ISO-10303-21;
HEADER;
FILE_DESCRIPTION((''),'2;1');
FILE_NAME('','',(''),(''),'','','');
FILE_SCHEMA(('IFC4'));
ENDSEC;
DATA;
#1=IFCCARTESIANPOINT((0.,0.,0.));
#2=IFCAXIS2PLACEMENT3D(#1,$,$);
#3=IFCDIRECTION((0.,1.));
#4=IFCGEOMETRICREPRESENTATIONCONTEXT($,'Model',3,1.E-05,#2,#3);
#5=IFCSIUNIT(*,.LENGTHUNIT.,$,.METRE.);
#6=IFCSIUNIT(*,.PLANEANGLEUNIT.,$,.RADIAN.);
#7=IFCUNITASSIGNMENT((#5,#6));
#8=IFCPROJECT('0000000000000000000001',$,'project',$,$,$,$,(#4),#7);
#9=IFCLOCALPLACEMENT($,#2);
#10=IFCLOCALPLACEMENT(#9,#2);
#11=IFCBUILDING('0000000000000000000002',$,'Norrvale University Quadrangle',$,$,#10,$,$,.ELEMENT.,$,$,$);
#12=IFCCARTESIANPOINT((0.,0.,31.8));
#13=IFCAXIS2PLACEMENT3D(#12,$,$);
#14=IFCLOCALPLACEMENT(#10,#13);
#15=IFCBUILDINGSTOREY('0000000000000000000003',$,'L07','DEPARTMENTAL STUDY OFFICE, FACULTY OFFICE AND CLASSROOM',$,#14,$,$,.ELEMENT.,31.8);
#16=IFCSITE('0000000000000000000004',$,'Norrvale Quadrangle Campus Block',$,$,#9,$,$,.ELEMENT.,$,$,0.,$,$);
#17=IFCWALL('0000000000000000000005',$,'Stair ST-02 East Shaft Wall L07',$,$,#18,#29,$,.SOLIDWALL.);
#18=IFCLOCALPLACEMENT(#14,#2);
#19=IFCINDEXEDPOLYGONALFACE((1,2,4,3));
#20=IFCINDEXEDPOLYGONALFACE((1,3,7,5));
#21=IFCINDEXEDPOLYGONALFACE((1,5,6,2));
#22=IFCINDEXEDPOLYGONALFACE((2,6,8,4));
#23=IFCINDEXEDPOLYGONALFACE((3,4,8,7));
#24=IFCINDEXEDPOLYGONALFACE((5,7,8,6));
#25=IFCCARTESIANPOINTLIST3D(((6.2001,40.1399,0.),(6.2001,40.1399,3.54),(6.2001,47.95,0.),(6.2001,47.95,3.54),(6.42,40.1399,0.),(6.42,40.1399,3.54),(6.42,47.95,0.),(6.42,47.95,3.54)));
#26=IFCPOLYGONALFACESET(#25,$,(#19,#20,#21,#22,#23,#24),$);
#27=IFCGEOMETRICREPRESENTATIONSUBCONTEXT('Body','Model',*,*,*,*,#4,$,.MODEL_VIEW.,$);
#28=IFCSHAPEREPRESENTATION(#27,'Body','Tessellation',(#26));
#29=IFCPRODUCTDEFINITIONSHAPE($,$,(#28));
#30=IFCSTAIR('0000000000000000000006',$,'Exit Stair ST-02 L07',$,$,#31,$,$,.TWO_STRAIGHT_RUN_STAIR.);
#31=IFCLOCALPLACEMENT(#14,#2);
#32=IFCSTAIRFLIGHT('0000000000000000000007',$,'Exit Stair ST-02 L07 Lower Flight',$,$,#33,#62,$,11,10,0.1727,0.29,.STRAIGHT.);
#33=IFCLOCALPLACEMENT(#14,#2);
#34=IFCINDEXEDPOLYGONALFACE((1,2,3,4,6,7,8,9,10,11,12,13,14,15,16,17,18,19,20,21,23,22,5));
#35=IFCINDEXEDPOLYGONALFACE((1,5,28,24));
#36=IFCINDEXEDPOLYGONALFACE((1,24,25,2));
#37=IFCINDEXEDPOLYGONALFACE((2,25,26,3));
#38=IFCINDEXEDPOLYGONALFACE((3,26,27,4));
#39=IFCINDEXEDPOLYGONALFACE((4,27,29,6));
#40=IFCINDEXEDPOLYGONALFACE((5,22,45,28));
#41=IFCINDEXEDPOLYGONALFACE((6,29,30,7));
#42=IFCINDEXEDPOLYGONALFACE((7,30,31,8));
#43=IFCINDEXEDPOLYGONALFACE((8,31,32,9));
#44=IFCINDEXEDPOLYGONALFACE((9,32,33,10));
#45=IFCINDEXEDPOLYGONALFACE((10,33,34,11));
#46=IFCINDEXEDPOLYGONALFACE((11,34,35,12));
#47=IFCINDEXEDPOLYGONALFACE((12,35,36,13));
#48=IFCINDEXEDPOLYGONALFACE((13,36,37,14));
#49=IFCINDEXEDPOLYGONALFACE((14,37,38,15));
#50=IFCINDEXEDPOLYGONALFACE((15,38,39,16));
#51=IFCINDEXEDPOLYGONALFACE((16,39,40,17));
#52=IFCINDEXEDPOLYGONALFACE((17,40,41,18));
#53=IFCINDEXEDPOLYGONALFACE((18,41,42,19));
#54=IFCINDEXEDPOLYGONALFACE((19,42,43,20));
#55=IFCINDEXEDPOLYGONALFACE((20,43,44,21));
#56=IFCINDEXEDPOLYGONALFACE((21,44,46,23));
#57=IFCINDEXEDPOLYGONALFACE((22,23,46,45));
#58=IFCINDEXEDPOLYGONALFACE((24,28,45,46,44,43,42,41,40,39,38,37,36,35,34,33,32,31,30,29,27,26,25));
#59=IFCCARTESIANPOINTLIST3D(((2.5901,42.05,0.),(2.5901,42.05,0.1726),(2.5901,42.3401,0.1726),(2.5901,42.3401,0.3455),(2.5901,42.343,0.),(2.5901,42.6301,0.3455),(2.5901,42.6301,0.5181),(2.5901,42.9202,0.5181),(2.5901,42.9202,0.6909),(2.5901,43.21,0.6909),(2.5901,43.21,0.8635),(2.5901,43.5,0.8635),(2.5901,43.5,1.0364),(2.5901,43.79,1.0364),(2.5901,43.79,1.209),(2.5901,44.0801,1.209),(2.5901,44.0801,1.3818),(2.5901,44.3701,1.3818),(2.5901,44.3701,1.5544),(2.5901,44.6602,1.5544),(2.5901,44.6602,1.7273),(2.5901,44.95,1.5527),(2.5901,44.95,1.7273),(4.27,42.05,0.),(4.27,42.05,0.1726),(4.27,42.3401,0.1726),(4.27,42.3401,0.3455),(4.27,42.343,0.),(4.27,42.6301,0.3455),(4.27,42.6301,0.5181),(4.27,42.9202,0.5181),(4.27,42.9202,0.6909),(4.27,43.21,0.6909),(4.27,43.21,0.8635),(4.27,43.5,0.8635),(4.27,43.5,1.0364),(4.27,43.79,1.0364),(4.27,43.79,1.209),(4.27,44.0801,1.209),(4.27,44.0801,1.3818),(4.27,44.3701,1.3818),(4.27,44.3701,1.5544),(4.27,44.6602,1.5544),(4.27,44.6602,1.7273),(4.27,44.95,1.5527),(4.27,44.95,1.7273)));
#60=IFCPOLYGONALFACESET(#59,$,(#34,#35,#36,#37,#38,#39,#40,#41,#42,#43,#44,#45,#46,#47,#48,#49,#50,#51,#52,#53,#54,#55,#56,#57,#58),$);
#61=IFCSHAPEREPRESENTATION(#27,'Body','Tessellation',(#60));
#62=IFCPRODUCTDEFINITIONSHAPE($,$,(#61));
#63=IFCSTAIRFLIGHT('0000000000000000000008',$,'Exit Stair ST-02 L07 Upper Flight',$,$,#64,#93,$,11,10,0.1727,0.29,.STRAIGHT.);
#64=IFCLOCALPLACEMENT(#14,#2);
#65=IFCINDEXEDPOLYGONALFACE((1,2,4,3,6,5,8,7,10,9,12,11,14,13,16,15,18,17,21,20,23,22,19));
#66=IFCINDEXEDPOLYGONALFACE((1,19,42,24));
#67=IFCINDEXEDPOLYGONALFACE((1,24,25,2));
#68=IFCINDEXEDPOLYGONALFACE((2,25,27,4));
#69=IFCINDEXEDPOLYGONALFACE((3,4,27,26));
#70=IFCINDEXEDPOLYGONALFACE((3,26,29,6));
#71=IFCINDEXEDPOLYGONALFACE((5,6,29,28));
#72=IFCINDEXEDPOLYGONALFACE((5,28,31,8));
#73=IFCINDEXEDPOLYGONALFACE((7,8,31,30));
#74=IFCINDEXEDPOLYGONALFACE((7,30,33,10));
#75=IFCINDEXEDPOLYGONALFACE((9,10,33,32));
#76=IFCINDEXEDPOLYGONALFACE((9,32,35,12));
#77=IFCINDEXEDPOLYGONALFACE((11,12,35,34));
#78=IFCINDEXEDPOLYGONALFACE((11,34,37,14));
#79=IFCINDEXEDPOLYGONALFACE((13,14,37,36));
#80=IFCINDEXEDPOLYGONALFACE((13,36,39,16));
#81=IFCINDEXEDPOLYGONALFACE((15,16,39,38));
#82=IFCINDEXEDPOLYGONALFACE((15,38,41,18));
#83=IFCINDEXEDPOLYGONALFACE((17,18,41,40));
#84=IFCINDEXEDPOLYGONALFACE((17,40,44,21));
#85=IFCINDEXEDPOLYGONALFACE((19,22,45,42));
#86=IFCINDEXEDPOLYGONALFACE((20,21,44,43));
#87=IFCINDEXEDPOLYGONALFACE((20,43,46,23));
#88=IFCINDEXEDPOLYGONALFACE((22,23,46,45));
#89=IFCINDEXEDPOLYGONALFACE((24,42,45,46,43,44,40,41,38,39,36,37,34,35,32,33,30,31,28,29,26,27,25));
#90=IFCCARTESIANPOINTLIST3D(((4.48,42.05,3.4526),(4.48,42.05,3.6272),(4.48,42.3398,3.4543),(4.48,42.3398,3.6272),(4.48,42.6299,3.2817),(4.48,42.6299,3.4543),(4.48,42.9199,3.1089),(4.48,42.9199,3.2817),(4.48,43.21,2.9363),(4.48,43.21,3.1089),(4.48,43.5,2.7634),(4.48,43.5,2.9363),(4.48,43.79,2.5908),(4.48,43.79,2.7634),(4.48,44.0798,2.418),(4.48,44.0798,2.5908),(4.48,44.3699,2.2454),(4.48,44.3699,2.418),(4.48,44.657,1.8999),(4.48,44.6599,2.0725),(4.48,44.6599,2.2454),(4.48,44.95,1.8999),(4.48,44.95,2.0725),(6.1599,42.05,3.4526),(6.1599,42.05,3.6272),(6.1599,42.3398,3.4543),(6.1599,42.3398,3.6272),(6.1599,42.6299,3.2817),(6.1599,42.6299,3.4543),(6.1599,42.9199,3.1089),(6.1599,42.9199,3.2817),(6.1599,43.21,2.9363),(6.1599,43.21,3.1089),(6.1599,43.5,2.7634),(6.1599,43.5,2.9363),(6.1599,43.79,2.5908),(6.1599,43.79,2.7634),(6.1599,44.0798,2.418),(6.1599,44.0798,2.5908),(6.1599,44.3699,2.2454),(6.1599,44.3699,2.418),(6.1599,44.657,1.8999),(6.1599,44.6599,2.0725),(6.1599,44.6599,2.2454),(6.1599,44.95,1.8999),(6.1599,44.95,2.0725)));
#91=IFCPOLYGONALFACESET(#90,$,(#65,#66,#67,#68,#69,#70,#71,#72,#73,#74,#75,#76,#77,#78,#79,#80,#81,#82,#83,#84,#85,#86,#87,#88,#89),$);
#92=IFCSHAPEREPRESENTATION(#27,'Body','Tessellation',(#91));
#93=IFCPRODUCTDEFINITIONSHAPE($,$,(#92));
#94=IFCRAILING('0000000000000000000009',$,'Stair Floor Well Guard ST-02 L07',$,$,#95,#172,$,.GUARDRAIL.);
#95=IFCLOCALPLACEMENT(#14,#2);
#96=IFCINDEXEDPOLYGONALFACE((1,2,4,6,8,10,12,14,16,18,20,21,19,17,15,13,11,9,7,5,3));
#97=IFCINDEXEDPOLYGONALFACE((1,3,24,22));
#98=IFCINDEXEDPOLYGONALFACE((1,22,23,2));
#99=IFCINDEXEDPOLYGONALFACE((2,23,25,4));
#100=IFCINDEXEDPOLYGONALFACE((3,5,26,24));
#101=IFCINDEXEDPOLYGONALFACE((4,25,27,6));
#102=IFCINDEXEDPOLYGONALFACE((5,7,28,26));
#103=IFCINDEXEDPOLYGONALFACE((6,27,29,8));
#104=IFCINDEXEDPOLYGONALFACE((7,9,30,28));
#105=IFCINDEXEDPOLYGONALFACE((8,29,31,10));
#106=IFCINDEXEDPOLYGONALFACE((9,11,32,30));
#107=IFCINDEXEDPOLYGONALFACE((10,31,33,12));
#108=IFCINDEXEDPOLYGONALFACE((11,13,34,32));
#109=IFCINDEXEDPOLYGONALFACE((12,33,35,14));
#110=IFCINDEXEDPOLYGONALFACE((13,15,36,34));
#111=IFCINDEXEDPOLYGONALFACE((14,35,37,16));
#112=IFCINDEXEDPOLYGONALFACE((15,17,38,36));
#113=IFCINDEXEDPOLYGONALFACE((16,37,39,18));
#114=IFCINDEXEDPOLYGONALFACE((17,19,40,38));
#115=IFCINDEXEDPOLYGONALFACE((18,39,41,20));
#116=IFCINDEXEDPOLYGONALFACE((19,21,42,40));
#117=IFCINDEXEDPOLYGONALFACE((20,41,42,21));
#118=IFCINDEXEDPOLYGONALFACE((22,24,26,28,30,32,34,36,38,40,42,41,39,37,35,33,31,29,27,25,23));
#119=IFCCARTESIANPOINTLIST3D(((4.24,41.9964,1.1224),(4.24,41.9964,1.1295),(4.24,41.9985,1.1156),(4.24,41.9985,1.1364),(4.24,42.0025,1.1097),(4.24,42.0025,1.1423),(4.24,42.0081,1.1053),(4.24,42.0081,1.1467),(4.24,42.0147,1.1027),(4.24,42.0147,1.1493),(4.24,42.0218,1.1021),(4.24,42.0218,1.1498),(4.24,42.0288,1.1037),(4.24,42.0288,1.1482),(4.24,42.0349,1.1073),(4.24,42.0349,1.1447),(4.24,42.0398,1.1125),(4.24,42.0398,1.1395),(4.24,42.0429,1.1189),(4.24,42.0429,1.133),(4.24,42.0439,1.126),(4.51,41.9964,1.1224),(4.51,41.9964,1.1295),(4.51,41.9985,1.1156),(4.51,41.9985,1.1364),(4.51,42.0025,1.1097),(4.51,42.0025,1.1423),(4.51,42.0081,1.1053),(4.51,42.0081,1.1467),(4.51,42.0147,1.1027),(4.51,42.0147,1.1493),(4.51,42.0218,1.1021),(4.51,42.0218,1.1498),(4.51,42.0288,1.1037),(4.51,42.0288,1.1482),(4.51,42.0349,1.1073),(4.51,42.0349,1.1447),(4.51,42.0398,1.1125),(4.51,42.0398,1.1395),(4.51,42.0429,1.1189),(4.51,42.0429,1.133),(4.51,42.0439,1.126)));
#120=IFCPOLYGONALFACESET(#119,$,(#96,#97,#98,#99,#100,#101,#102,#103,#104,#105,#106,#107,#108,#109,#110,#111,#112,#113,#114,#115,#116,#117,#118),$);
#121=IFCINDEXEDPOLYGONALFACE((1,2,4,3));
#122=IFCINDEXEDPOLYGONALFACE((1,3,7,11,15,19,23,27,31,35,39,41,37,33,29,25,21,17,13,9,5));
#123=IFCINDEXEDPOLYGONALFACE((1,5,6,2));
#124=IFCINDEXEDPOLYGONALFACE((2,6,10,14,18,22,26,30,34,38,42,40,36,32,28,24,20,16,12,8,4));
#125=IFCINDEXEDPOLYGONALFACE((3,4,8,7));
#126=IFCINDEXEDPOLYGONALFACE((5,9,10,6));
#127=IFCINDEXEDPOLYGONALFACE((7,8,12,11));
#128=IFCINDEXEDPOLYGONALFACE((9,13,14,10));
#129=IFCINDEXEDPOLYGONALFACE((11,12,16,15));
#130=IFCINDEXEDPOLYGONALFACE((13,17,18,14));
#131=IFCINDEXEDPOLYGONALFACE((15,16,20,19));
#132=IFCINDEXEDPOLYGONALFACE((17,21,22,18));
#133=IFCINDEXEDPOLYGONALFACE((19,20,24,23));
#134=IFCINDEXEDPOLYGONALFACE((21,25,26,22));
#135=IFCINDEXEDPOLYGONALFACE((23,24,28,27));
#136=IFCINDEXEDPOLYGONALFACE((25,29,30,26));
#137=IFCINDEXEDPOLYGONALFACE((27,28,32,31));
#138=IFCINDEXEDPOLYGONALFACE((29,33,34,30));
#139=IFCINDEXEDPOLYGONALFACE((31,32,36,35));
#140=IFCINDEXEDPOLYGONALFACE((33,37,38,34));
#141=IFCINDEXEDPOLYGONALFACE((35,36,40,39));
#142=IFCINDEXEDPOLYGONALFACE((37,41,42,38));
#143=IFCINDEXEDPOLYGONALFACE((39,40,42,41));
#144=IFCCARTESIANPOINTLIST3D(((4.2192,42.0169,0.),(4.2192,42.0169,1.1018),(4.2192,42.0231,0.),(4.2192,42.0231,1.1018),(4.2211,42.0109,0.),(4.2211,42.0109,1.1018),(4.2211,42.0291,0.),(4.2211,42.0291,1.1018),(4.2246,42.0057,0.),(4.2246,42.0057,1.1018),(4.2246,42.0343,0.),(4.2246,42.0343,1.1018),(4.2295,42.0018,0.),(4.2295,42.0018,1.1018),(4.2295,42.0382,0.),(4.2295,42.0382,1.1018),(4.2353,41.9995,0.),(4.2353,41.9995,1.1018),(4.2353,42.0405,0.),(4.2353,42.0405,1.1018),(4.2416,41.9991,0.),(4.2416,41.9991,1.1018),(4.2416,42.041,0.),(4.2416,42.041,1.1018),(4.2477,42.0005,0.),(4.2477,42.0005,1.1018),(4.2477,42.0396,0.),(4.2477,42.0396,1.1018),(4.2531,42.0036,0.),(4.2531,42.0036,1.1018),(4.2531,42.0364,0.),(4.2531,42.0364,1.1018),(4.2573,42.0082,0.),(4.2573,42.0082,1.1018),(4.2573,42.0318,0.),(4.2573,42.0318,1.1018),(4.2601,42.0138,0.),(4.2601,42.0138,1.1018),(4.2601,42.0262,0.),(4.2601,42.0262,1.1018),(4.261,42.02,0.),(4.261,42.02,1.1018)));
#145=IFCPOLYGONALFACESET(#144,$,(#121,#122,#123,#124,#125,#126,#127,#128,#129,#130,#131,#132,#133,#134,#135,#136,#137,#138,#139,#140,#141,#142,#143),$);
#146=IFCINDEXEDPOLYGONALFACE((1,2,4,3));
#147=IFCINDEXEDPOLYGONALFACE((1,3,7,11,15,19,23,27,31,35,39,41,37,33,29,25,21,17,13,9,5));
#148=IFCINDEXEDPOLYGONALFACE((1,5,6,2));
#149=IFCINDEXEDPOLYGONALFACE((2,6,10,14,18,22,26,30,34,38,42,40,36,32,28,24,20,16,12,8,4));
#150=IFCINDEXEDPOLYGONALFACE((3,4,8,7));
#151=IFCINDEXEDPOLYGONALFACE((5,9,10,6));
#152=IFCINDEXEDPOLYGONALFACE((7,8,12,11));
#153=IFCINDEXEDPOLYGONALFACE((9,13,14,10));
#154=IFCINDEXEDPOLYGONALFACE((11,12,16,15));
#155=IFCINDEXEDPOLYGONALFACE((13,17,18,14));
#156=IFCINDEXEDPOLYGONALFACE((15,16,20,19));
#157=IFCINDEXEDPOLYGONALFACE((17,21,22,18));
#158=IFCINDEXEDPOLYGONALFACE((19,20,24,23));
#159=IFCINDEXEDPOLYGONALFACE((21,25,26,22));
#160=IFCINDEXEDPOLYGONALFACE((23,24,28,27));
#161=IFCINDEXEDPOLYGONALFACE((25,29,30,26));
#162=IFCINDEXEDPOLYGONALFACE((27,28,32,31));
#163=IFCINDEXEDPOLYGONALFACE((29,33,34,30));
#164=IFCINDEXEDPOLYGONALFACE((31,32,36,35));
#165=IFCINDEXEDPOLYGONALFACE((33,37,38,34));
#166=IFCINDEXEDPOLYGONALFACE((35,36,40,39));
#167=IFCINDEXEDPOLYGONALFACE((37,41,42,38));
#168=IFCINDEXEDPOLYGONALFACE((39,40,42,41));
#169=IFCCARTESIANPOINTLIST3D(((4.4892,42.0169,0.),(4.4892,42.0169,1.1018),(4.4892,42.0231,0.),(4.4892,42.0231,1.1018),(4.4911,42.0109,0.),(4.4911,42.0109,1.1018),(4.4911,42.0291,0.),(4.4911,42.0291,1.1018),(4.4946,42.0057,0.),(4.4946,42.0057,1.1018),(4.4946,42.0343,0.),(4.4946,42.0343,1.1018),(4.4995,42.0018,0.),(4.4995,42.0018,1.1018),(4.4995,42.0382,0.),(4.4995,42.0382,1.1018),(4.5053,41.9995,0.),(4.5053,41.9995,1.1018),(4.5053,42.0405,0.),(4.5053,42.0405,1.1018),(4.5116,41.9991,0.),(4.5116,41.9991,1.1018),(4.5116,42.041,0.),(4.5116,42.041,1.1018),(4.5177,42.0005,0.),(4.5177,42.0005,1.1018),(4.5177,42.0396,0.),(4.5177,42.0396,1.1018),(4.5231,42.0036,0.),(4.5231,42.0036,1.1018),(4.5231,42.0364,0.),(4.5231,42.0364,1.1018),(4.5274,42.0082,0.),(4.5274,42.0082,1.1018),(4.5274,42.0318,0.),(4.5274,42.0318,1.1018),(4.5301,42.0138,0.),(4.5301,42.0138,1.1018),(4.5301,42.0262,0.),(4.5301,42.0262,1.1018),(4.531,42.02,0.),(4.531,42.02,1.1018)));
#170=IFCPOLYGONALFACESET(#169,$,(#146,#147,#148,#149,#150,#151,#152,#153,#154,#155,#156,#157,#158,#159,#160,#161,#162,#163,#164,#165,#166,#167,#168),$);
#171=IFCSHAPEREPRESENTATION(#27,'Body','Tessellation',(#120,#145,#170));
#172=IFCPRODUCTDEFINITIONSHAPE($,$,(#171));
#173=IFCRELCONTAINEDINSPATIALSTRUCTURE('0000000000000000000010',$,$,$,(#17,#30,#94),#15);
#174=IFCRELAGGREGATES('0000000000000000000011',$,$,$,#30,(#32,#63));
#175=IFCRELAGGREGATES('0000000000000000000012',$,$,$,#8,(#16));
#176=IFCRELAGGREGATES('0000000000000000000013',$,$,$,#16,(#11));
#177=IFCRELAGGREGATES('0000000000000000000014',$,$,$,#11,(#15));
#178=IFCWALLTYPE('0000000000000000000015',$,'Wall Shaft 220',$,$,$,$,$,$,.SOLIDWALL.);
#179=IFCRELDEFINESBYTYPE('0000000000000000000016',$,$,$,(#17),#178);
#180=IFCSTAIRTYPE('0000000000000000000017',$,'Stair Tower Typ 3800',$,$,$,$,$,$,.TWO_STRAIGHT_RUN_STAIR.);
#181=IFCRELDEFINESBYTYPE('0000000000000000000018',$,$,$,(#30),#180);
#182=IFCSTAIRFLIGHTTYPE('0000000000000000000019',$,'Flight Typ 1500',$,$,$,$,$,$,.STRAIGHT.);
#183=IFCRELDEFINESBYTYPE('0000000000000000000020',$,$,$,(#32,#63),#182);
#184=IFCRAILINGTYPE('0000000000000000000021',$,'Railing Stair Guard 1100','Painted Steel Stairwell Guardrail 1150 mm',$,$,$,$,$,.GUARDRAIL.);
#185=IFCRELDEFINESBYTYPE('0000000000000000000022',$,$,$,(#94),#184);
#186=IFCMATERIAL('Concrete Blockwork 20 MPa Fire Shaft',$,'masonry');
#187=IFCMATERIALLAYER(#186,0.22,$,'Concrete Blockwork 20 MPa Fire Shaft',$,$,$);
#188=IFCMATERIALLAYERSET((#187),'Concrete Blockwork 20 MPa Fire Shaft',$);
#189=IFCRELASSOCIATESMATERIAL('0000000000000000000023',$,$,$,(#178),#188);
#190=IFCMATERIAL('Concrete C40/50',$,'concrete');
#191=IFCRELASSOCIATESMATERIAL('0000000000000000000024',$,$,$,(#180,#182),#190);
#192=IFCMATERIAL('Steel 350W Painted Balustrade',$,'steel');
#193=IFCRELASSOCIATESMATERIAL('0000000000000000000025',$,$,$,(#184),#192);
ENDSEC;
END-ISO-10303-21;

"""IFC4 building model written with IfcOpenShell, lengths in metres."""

from ifc_helpers import new_model, si_unit, direction, frame, frame_2d, origin, origin_2d, place, context, subcontext, project, spatial, polyline, rectangle, circle, outline, extrude, material, layer, layer_set, type_object, element, aggregate, save


model = new_model("IFC4")

# Units and contexts
model_context = context("Model", 3, precision=1e-05, world=origin(), true_north=direction((0.0, 1.0)))
body_context = subcontext(model_context, "Body", "Model", "MODEL_VIEW")
ifc_project = project(units=[si_unit("LENGTHUNIT", "METRE"), si_unit("PLANEANGLEUNIT", "RADIAN")], contexts=[model_context])

# Site, building, storey
site_placement = place(None, origin())
site = spatial("IfcSite", under=ifc_project, at=site_placement, Name="Norrvale Quadrangle Campus Block", CompositionType="ELEMENT", RefElevation=0.0)
building_placement = place(site_placement, origin())
building = spatial("IfcBuilding", under=site, at=building_placement, Name="Norrvale University Quadrangle", CompositionType="ELEMENT")
storey_placement = place(building_placement, frame((0.0, 0.0, 31.8)))
storey = spatial("IfcBuildingStorey", under=building, at=storey_placement, Name="L07", Description="DEPARTMENTAL STUDY OFFICE, FACULTY OFFICE AND CLASSROOM", CompositionType="ELEMENT", Elevation=31.8)

# Shared definitions
ifc_material_1 = material(Name="Concrete Blockwork 20 MPa Fire Shaft", Category="masonry")
ifc_layer_1 = layer(ifc_material_1, 0.22, Name="Concrete Blockwork 20 MPa Fire Shaft")
ifc_layer_set_1 = layer_set([ifc_layer_1], Name="Concrete Blockwork 20 MPa Fire Shaft")
wall_type_1 = type_object("IfcWallType", Name="Wall Shaft 220", PredefinedType="SOLIDWALL", material=ifc_layer_set_1)

# Wall
wall_1_placement = place(storey_placement, frame((6.3101, 40.1399, 0.0), z_axis=(0.0, 0.0, 1.0), x_axis=(0.0, 1.0, 0.0)))
element("IfcWall", 1, at=wall_1_placement, inside=storey, type_object=wall_type_1, Name="Stair ST-02 East Shaft Wall L07", PredefinedType="SOLIDWALL", context=body_context, shape_type="SweptSolid", body=[
    extrude(rectangle(XDim=7.8101, YDim=0.22, at=frame_2d((3.905, 0.0))), origin(), (0.0, 0.0, 1.0), 3.54),
])

# Stair, stair flights
ifc_material_2 = material(Name="Concrete C40/50", Category="concrete")
stair_type = type_object("IfcStairType", Name="Stair Tower Typ 3800", PredefinedType="TWO_STRAIGHT_RUN_STAIR", material=ifc_material_2)
stair_placement = place(storey_placement, origin())
stair = element("IfcStair", 2, at=stair_placement, inside=storey, type_object=stair_type, Name="Exit Stair ST-02 L07", PredefinedType="TWO_STRAIGHT_RUN_STAIR")
stair_flight_type = type_object("IfcStairFlightType", Name="Flight Typ 1500", PredefinedType="STRAIGHT", material=ifc_material_2)
stair_flight_1_placement = place(storey_placement, frame((3.4299, 42.05, 0.0), z_axis=(0.0, 0.0, 1.0), x_axis=(0.0, 1.0, 0.0)))
stair_flight_1 = element("IfcStairFlight", 3, at=stair_flight_1_placement, type_object=stair_flight_type, Name="Exit Stair ST-02 L07 Lower Flight", NumberOfRisers=11, NumberOfTreads=10, PredefinedType="STRAIGHT", RiserHeight=0.1727, TreadLength=0.29, context=body_context, shape_type="SweptSolid", body=[
    extrude(outline(polyline([(0.0, 0.0), (0.0, 0.1726), (0.29, 0.1726), (0.29, 0.3455), (0.5801, 0.3455), (0.5801, 0.5181), (0.8701, 0.5181), (0.8701, 0.6909), (1.1599, 0.6909), (1.1599, 0.8635), (1.45, 0.8635), (1.45, 1.0364), (1.74, 1.0364), (1.74, 1.209), (2.03, 1.209), (2.03, 1.3818), (2.3201, 1.3818), (2.3201, 1.5544), (2.6101, 1.5544), (2.6101, 1.7273), (2.8999, 1.7273), (2.8999, 1.8999), (2.8999, 1.5527), (0.293, 0.0), (0.0, 0.0)])), frame((0.0, 0.8398, 0.0), z_axis=(0.0, -1.0, 0.0), x_axis=(1.0, 0.0, 0.0)), (0.0, 0.0, 1.0), 1.6799),
])
stair_flight_2_placement = place(storey_placement, frame((5.3201, 44.95, 1.8999), z_axis=(0.0, 0.0, 1.0), x_axis=(0.0, -1.0, 0.0)))
stair_flight_2 = element("IfcStairFlight", 4, at=stair_flight_2_placement, type_object=stair_flight_type, Name="Exit Stair ST-02 L07 Upper Flight", NumberOfRisers=11, NumberOfTreads=10, PredefinedType="STRAIGHT", RiserHeight=0.1727, TreadLength=0.29, context=body_context, shape_type="SweptSolid", body=[
    extrude(outline(polyline([(0.0, 0.0), (0.0, 0.1726), (0.29, 0.1726), (0.29, 0.3455), (0.5801, 0.3455), (0.5801, 0.5181), (0.8701, 0.5181), (0.8701, 0.6909), (1.1599, 0.6909), (1.1599, 0.8635), (1.45, 0.8635), (1.45, 1.0364), (1.74, 1.0364), (1.74, 1.209), (2.03, 1.209), (2.03, 1.3818), (2.3201, 1.3818), (2.3201, 1.5544), (2.6101, 1.5544), (2.6101, 1.7273), (2.8999, 1.7273), (2.8999, 1.8999), (2.8999, 1.5527), (0.293, 0.0), (0.0, 0.0)])), frame((0.0, 0.8398, 0.0), z_axis=(0.0, -1.0, 0.0), x_axis=(1.0, 0.0, 0.0)), (0.0, 0.0, 1.0), 1.6799),
])
aggregate(stair, [stair_flight_1, stair_flight_2])

# Railing
ifc_material_3 = material(Name="Steel 350W Painted Balustrade", Category="steel")
railing_type_1 = type_object("IfcRailingType", Name="Railing Stair Guard 1100", Description="Painted Steel Stairwell Guardrail 1150 mm", PredefinedType="GUARDRAIL", material=ifc_material_3)
for number, where, name in (
    (5, (4.24, 42.02, 0.0), "Stair Floor Well Guard ST-02 L07"),
):
    element("IfcRailing", number, at=place(storey_placement, frame(where)), inside=storey, type_object=railing_type_1, Name=name, PredefinedType="GUARDRAIL", context=body_context, shape_type="SweptSolid", body=[
        extrude(circle(Radius=0.0239, at=origin_2d()), frame((0.0, 0.0, 1.126), z_axis=(1.0, 0.0, 0.0), x_axis=(0.0, 1.0, 0.0)), (0.0, 0.0, 1.0), 0.27),
        extrude(circle(Radius=0.021, at=origin_2d()), origin(), (0.0, 0.0, 1.0), 1.1018),
        extrude(circle(Radius=0.021, at=origin_2d()), frame((0.27, 0.0, 0.0)), (0.0, 0.0, 1.0), 1.1018),
    ])

save(model, "model.ifc")
